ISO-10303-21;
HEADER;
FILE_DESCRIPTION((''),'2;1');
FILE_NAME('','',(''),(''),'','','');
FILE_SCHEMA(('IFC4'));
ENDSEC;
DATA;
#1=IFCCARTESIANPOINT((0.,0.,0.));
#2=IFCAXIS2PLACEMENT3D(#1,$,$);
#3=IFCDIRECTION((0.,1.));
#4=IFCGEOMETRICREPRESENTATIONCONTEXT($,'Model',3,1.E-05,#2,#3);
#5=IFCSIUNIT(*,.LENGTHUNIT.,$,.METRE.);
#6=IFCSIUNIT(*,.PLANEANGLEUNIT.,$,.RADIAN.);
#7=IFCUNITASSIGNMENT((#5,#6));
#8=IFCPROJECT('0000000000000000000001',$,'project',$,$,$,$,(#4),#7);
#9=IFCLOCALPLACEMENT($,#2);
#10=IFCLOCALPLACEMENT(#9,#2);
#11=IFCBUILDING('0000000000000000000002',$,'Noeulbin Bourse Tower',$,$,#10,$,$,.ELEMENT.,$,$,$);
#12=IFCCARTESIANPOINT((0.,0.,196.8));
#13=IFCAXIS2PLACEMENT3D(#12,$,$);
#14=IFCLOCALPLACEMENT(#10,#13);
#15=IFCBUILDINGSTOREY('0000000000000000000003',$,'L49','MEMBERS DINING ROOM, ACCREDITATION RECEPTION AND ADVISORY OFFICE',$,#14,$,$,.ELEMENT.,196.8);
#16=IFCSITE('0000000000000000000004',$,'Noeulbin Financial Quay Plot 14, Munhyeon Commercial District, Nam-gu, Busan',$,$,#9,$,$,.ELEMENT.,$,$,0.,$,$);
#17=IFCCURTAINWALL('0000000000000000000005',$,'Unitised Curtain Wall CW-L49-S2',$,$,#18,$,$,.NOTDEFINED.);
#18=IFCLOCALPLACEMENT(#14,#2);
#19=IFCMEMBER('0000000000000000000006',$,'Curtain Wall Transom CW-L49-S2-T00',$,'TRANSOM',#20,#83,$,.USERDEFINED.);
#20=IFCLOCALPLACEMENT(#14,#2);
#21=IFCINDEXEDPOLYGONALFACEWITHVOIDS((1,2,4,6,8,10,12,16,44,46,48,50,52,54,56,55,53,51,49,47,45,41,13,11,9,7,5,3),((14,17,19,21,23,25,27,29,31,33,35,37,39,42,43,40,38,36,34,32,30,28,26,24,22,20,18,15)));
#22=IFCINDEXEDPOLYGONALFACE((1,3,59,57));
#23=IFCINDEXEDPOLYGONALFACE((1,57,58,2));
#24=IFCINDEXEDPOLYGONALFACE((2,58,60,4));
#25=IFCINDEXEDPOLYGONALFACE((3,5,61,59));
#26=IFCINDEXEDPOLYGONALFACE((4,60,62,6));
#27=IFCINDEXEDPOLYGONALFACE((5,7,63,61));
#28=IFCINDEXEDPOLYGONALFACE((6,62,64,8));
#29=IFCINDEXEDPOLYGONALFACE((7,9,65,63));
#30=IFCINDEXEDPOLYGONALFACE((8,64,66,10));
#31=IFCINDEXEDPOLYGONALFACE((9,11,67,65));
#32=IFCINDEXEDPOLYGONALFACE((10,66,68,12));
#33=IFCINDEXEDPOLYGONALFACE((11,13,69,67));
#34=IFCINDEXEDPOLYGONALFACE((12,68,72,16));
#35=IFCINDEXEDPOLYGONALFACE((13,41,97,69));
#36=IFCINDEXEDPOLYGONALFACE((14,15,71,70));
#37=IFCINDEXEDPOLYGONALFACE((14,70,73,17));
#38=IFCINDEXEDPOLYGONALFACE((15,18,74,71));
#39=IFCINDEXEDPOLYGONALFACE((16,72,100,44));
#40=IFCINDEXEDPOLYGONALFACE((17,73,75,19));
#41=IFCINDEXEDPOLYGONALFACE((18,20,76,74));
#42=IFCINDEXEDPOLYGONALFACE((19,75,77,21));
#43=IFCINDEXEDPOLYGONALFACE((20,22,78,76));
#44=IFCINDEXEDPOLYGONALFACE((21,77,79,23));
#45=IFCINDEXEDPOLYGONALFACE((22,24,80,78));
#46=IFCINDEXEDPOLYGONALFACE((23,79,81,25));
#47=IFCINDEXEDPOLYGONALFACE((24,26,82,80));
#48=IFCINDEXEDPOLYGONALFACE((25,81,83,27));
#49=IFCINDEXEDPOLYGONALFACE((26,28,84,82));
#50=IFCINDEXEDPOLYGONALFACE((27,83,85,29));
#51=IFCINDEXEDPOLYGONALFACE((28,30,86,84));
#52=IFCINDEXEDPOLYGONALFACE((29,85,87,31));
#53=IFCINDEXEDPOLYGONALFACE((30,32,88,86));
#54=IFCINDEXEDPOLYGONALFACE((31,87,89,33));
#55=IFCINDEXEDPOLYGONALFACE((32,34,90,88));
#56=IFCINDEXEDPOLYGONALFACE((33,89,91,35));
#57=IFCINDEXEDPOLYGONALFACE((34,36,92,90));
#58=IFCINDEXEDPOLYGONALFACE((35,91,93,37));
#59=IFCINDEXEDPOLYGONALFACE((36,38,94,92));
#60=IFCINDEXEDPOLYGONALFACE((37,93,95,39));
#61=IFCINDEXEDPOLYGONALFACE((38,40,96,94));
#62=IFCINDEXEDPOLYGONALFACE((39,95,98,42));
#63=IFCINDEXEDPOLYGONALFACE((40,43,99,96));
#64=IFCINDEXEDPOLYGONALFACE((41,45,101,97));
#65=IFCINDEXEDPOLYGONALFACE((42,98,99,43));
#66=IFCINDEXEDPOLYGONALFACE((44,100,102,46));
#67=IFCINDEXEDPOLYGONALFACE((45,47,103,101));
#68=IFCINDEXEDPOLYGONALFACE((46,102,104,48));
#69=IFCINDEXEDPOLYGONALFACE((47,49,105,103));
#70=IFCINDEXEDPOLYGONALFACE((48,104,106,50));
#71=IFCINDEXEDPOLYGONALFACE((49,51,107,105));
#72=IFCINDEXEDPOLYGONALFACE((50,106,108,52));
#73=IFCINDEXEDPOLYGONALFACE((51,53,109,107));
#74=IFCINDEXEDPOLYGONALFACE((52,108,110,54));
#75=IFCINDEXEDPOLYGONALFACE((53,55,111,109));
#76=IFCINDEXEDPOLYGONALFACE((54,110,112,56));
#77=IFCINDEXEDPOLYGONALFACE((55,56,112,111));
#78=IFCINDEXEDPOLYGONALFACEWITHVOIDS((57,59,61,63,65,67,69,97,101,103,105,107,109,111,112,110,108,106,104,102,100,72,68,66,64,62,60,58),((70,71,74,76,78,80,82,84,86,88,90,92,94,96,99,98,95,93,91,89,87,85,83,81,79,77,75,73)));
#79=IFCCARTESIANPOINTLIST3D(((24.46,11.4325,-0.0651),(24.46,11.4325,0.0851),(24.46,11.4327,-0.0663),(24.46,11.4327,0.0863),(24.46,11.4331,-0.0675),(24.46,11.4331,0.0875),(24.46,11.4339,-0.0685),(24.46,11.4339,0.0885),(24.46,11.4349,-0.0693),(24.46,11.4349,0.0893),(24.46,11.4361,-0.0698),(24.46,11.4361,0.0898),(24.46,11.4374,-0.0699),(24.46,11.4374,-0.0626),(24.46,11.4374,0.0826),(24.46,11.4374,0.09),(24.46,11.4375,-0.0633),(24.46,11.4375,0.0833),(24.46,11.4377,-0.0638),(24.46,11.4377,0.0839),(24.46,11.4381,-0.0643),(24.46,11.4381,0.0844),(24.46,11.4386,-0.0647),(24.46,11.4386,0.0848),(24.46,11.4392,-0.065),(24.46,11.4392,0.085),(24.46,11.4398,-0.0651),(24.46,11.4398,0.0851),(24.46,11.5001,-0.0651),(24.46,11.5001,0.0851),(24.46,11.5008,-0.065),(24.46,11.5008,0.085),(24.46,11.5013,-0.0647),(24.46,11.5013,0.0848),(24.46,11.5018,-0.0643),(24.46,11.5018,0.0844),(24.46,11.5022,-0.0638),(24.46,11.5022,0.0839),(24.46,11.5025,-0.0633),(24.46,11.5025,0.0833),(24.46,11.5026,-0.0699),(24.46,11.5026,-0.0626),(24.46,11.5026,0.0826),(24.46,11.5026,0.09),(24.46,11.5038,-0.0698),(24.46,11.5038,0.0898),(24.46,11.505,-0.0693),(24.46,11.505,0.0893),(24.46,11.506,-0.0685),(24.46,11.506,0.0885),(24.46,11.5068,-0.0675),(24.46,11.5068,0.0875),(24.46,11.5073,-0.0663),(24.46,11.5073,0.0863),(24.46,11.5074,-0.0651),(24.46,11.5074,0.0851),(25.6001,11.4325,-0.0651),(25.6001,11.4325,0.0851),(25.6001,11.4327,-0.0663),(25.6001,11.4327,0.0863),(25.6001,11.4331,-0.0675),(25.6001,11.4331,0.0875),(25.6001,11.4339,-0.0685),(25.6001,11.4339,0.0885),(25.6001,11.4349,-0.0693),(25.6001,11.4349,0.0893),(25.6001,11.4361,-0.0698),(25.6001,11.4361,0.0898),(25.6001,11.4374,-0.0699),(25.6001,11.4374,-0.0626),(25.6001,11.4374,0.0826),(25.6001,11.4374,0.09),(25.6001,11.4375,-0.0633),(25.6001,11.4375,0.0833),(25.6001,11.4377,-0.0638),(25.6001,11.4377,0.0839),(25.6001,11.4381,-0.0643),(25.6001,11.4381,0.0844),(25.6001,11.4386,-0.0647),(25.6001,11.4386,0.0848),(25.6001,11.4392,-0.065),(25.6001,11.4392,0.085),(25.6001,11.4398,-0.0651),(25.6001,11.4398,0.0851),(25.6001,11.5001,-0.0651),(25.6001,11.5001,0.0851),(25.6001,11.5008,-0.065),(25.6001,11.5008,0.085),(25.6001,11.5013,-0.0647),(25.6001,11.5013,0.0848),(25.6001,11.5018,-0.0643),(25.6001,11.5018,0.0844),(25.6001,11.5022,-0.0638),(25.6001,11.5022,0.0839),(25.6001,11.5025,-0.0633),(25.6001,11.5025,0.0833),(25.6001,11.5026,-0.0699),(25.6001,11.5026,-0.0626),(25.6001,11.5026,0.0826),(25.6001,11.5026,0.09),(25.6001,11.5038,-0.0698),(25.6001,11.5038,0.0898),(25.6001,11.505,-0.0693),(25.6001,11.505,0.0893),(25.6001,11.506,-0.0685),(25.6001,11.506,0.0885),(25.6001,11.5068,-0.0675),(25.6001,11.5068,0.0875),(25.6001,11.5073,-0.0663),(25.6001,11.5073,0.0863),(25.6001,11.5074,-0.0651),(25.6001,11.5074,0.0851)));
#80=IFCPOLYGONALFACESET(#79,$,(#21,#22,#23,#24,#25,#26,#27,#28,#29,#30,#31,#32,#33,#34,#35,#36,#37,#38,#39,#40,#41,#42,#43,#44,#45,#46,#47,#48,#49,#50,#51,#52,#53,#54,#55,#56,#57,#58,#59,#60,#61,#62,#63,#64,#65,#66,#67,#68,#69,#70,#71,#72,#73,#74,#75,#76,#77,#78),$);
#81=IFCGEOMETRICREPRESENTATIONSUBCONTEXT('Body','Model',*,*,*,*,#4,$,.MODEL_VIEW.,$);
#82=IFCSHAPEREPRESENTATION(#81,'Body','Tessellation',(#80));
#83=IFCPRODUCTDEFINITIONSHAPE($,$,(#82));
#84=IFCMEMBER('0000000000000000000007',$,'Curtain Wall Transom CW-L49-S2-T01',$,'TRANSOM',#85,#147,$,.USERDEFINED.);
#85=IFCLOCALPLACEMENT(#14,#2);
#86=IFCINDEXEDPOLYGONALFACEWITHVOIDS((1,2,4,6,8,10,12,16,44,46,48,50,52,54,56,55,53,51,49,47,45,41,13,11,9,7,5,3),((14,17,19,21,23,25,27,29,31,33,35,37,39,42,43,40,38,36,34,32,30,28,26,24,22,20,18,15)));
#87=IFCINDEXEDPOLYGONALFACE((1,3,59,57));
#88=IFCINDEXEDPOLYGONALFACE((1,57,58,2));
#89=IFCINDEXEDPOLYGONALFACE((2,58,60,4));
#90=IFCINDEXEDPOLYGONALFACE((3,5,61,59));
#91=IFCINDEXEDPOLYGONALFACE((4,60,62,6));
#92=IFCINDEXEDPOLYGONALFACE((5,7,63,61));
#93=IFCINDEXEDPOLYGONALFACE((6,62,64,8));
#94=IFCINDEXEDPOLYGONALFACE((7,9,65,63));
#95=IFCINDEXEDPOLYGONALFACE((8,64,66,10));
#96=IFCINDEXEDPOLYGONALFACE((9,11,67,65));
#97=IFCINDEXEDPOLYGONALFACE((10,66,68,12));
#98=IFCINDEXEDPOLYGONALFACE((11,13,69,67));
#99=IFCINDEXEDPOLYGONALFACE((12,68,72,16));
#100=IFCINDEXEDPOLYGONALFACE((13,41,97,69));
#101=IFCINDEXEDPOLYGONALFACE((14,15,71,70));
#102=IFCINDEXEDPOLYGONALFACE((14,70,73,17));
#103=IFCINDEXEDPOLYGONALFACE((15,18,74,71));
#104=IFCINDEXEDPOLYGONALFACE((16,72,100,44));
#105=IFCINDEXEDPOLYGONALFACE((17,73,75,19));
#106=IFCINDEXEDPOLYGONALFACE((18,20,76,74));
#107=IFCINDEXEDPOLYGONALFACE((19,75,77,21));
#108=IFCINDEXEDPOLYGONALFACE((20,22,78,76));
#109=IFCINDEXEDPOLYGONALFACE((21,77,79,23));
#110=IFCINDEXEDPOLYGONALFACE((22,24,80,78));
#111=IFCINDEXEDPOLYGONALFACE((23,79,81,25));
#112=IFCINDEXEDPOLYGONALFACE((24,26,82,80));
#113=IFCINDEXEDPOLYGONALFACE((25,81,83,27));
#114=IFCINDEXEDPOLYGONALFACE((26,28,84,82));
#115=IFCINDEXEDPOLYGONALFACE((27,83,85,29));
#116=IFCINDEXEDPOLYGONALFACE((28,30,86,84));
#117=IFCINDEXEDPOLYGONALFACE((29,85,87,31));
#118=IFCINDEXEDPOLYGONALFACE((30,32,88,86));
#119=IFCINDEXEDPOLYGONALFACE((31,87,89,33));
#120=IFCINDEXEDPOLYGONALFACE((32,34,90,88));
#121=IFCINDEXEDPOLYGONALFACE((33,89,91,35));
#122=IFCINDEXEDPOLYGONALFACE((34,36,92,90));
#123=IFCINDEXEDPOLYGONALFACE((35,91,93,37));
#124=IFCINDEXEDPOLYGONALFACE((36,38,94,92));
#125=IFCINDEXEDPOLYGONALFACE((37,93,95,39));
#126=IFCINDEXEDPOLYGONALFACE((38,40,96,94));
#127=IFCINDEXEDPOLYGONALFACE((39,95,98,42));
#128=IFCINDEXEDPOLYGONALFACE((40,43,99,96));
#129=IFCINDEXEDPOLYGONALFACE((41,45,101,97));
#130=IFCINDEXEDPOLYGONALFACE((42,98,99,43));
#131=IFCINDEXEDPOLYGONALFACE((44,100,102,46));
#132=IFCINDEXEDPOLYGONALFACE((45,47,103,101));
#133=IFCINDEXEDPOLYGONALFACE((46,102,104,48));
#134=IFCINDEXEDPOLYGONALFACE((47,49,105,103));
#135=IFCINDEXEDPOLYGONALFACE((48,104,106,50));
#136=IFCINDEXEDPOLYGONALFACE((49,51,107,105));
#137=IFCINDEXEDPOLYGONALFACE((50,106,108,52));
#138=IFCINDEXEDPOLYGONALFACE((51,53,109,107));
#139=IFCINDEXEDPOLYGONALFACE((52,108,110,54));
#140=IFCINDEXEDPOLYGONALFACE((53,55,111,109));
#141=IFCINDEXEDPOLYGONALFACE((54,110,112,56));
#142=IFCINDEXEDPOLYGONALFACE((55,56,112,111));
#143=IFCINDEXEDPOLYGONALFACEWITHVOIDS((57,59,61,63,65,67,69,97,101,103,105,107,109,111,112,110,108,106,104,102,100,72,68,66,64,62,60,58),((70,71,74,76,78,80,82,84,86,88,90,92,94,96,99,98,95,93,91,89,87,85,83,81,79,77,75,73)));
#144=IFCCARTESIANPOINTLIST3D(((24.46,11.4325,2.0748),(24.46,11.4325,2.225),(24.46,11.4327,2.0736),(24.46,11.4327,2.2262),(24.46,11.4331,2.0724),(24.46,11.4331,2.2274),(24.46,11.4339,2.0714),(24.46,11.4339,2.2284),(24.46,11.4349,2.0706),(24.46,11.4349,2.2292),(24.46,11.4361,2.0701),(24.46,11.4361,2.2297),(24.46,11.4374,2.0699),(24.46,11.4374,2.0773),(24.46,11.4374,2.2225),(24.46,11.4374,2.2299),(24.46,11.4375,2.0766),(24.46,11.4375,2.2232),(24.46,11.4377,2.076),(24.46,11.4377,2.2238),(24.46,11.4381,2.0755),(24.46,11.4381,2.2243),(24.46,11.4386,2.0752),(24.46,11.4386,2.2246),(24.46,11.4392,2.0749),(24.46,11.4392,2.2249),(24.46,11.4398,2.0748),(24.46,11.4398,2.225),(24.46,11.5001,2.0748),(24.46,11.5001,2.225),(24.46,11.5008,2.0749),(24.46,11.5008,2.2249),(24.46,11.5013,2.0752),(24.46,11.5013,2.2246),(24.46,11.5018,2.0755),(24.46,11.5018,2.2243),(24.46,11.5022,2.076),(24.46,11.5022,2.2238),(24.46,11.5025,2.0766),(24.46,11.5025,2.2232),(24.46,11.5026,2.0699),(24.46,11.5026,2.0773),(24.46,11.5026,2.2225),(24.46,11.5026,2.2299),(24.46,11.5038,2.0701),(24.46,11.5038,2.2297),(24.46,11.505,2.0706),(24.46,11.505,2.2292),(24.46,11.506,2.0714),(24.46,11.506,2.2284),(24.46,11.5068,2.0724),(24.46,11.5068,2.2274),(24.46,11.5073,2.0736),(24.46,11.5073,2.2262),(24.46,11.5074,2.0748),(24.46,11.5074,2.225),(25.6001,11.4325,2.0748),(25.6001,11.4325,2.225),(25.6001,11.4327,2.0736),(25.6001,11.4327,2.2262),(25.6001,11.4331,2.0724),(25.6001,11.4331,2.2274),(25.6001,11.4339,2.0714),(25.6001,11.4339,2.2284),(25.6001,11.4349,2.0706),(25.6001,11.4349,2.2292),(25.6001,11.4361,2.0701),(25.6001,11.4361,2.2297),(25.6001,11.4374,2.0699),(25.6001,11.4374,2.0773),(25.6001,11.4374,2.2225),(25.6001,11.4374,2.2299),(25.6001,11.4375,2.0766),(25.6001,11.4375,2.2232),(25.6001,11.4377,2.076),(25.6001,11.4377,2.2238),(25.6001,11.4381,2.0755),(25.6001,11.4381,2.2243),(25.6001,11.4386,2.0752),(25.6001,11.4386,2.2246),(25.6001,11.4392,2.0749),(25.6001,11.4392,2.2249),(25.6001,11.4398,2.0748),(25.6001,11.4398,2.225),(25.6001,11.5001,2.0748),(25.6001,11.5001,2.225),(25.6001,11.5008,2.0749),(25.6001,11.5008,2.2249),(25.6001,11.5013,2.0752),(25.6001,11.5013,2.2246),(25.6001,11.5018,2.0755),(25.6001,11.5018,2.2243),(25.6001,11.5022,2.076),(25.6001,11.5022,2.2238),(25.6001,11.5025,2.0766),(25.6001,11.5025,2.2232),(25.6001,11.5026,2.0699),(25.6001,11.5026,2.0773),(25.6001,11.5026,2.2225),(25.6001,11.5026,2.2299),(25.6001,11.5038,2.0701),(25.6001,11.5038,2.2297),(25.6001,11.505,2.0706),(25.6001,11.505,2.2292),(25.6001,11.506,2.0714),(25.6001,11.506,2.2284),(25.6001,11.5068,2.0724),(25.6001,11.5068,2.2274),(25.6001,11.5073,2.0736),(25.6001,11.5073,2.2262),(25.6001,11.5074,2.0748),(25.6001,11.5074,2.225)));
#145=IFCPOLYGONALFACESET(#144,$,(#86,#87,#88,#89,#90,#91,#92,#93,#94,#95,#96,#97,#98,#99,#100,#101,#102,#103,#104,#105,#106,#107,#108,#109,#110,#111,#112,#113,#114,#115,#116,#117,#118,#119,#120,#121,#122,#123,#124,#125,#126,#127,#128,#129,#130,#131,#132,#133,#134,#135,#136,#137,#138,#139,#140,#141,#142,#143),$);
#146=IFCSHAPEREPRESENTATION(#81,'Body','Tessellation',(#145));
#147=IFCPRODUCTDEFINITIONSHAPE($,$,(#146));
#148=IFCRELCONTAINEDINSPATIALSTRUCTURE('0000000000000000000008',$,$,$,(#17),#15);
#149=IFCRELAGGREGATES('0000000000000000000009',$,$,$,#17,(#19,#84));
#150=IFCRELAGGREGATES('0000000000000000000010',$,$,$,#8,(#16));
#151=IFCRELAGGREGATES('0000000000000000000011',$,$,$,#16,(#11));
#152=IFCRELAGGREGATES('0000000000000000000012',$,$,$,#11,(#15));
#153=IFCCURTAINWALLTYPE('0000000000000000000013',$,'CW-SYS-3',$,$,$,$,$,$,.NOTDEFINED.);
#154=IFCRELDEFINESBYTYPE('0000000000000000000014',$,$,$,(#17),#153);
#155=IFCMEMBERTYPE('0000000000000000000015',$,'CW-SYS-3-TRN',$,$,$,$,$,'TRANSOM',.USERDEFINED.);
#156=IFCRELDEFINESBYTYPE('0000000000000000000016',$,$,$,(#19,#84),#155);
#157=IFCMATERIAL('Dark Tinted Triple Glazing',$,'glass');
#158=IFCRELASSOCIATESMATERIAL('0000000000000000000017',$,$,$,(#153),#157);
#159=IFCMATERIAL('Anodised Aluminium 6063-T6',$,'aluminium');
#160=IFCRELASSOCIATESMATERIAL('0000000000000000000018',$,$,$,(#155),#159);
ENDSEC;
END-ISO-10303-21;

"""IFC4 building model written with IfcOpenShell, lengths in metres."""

from ifc_helpers import new_model, si_unit, direction, frame, origin, origin_2d, place, context, subcontext, project, spatial, hollow_rectangle, extrude, material, material_profile, profile_set, type_object, element, aggregate, save


model = new_model("IFC4")

# Units and contexts
model_context = context("Model", 3, precision=1e-05, world=origin(), true_north=direction((0.0, 1.0)))
body_context = subcontext(model_context, "Body", "Model", "MODEL_VIEW")
ifc_project = project(units=[si_unit("LENGTHUNIT", "METRE"), si_unit("PLANEANGLEUNIT", "RADIAN")], contexts=[model_context])

# Site, building, storey
site_placement = place(None, origin())
site = spatial("IfcSite", under=ifc_project, at=site_placement, Name="Noeulbin Financial Quay Plot 14, Munhyeon Commercial District, Nam-gu, Busan", CompositionType="ELEMENT", RefElevation=0.0)
building_placement = place(site_placement, origin())
building = spatial("IfcBuilding", under=site, at=building_placement, Name="Noeulbin Bourse Tower", CompositionType="ELEMENT")
storey_placement = place(building_placement, frame((0.0, 0.0, 196.8)))
storey = spatial("IfcBuildingStorey", under=building, at=storey_placement, Name="L49", Description="MEMBERS DINING ROOM, ACCREDITATION RECEPTION AND ADVISORY OFFICE", CompositionType="ELEMENT", Elevation=196.8)

# Shared definitions
ifc_material_1 = material(Name="Dark Tinted Triple Glazing", Category="glass")
curtain_wall_type = type_object("IfcCurtainWallType", Name="CW-SYS-3", PredefinedType="NOTDEFINED", material=ifc_material_1)
ifc_material_2 = material(Name="Anodised Aluminium 6063-T6", Category="aluminium")

# Curtain wall
curtain_wall_1_placement = place(storey_placement, origin())
curtain_wall_1 = element("IfcCurtainWall", 1, at=curtain_wall_1_placement, inside=storey, type_object=curtain_wall_type, Name="Unitised Curtain Wall CW-L49-S2", PredefinedType="NOTDEFINED")

# Members
ifc_material_profile_1 = material_profile(ifc_material_2, hollow_rectangle(XDim=0.075, YDim=0.1599, WallThickness=0.0049, InnerFilletRadius=0.0024, OuterFilletRadius=0.0049, at=origin_2d()), Name="ALU-TRAN-75x160x5", Category="LoadBearing")
ifc_profile_set_1 = profile_set([ifc_material_profile_1], Name="Anodised Aluminium 6063-T6")
member_type_1 = type_object("IfcMemberType", Name="CW-SYS-3-TRN", ElementType="TRANSOM", PredefinedType="USERDEFINED", material=ifc_profile_set_1)
member_1_placement = place(storey_placement, frame((24.46, 11.47, 0.01), z_axis=(1.0, 0.0, 0.0), x_axis=(0.0, 1.0, 0.0)))
member_1 = element("IfcMember", 2, at=member_1_placement, type_object=member_type_1, Name="Curtain Wall Transom CW-L49-S2-T00", ObjectType="TRANSOM", PredefinedType="USERDEFINED", context=body_context, shape_type="SweptSolid", body=[
    extrude(hollow_rectangle(XDim=0.075, YDim=0.1599, WallThickness=0.0049, InnerFilletRadius=0.0024, OuterFilletRadius=0.0049, at=origin_2d()), origin(), (0.0, 0.0, 1.0), 1.1401),
])
member_2_placement = place(storey_placement, frame((24.46, 11.47, 2.1499), z_axis=(1.0, 0.0, 0.0), x_axis=(0.0, 1.0, 0.0)))
member_2 = element("IfcMember", 3, at=member_2_placement, type_object=member_type_1, Name="Curtain Wall Transom CW-L49-S2-T01", ObjectType="TRANSOM", PredefinedType="USERDEFINED", context=body_context, shape_type="SweptSolid", body=[
    extrude(hollow_rectangle(XDim=0.075, YDim=0.1599, WallThickness=0.0049, InnerFilletRadius=0.0024, OuterFilletRadius=0.0049, at=origin_2d()), origin(), (0.0, 0.0, 1.0), 1.1401),
])

aggregate(curtain_wall_1, [member_1, member_2])

save(model, "model.ifc")
